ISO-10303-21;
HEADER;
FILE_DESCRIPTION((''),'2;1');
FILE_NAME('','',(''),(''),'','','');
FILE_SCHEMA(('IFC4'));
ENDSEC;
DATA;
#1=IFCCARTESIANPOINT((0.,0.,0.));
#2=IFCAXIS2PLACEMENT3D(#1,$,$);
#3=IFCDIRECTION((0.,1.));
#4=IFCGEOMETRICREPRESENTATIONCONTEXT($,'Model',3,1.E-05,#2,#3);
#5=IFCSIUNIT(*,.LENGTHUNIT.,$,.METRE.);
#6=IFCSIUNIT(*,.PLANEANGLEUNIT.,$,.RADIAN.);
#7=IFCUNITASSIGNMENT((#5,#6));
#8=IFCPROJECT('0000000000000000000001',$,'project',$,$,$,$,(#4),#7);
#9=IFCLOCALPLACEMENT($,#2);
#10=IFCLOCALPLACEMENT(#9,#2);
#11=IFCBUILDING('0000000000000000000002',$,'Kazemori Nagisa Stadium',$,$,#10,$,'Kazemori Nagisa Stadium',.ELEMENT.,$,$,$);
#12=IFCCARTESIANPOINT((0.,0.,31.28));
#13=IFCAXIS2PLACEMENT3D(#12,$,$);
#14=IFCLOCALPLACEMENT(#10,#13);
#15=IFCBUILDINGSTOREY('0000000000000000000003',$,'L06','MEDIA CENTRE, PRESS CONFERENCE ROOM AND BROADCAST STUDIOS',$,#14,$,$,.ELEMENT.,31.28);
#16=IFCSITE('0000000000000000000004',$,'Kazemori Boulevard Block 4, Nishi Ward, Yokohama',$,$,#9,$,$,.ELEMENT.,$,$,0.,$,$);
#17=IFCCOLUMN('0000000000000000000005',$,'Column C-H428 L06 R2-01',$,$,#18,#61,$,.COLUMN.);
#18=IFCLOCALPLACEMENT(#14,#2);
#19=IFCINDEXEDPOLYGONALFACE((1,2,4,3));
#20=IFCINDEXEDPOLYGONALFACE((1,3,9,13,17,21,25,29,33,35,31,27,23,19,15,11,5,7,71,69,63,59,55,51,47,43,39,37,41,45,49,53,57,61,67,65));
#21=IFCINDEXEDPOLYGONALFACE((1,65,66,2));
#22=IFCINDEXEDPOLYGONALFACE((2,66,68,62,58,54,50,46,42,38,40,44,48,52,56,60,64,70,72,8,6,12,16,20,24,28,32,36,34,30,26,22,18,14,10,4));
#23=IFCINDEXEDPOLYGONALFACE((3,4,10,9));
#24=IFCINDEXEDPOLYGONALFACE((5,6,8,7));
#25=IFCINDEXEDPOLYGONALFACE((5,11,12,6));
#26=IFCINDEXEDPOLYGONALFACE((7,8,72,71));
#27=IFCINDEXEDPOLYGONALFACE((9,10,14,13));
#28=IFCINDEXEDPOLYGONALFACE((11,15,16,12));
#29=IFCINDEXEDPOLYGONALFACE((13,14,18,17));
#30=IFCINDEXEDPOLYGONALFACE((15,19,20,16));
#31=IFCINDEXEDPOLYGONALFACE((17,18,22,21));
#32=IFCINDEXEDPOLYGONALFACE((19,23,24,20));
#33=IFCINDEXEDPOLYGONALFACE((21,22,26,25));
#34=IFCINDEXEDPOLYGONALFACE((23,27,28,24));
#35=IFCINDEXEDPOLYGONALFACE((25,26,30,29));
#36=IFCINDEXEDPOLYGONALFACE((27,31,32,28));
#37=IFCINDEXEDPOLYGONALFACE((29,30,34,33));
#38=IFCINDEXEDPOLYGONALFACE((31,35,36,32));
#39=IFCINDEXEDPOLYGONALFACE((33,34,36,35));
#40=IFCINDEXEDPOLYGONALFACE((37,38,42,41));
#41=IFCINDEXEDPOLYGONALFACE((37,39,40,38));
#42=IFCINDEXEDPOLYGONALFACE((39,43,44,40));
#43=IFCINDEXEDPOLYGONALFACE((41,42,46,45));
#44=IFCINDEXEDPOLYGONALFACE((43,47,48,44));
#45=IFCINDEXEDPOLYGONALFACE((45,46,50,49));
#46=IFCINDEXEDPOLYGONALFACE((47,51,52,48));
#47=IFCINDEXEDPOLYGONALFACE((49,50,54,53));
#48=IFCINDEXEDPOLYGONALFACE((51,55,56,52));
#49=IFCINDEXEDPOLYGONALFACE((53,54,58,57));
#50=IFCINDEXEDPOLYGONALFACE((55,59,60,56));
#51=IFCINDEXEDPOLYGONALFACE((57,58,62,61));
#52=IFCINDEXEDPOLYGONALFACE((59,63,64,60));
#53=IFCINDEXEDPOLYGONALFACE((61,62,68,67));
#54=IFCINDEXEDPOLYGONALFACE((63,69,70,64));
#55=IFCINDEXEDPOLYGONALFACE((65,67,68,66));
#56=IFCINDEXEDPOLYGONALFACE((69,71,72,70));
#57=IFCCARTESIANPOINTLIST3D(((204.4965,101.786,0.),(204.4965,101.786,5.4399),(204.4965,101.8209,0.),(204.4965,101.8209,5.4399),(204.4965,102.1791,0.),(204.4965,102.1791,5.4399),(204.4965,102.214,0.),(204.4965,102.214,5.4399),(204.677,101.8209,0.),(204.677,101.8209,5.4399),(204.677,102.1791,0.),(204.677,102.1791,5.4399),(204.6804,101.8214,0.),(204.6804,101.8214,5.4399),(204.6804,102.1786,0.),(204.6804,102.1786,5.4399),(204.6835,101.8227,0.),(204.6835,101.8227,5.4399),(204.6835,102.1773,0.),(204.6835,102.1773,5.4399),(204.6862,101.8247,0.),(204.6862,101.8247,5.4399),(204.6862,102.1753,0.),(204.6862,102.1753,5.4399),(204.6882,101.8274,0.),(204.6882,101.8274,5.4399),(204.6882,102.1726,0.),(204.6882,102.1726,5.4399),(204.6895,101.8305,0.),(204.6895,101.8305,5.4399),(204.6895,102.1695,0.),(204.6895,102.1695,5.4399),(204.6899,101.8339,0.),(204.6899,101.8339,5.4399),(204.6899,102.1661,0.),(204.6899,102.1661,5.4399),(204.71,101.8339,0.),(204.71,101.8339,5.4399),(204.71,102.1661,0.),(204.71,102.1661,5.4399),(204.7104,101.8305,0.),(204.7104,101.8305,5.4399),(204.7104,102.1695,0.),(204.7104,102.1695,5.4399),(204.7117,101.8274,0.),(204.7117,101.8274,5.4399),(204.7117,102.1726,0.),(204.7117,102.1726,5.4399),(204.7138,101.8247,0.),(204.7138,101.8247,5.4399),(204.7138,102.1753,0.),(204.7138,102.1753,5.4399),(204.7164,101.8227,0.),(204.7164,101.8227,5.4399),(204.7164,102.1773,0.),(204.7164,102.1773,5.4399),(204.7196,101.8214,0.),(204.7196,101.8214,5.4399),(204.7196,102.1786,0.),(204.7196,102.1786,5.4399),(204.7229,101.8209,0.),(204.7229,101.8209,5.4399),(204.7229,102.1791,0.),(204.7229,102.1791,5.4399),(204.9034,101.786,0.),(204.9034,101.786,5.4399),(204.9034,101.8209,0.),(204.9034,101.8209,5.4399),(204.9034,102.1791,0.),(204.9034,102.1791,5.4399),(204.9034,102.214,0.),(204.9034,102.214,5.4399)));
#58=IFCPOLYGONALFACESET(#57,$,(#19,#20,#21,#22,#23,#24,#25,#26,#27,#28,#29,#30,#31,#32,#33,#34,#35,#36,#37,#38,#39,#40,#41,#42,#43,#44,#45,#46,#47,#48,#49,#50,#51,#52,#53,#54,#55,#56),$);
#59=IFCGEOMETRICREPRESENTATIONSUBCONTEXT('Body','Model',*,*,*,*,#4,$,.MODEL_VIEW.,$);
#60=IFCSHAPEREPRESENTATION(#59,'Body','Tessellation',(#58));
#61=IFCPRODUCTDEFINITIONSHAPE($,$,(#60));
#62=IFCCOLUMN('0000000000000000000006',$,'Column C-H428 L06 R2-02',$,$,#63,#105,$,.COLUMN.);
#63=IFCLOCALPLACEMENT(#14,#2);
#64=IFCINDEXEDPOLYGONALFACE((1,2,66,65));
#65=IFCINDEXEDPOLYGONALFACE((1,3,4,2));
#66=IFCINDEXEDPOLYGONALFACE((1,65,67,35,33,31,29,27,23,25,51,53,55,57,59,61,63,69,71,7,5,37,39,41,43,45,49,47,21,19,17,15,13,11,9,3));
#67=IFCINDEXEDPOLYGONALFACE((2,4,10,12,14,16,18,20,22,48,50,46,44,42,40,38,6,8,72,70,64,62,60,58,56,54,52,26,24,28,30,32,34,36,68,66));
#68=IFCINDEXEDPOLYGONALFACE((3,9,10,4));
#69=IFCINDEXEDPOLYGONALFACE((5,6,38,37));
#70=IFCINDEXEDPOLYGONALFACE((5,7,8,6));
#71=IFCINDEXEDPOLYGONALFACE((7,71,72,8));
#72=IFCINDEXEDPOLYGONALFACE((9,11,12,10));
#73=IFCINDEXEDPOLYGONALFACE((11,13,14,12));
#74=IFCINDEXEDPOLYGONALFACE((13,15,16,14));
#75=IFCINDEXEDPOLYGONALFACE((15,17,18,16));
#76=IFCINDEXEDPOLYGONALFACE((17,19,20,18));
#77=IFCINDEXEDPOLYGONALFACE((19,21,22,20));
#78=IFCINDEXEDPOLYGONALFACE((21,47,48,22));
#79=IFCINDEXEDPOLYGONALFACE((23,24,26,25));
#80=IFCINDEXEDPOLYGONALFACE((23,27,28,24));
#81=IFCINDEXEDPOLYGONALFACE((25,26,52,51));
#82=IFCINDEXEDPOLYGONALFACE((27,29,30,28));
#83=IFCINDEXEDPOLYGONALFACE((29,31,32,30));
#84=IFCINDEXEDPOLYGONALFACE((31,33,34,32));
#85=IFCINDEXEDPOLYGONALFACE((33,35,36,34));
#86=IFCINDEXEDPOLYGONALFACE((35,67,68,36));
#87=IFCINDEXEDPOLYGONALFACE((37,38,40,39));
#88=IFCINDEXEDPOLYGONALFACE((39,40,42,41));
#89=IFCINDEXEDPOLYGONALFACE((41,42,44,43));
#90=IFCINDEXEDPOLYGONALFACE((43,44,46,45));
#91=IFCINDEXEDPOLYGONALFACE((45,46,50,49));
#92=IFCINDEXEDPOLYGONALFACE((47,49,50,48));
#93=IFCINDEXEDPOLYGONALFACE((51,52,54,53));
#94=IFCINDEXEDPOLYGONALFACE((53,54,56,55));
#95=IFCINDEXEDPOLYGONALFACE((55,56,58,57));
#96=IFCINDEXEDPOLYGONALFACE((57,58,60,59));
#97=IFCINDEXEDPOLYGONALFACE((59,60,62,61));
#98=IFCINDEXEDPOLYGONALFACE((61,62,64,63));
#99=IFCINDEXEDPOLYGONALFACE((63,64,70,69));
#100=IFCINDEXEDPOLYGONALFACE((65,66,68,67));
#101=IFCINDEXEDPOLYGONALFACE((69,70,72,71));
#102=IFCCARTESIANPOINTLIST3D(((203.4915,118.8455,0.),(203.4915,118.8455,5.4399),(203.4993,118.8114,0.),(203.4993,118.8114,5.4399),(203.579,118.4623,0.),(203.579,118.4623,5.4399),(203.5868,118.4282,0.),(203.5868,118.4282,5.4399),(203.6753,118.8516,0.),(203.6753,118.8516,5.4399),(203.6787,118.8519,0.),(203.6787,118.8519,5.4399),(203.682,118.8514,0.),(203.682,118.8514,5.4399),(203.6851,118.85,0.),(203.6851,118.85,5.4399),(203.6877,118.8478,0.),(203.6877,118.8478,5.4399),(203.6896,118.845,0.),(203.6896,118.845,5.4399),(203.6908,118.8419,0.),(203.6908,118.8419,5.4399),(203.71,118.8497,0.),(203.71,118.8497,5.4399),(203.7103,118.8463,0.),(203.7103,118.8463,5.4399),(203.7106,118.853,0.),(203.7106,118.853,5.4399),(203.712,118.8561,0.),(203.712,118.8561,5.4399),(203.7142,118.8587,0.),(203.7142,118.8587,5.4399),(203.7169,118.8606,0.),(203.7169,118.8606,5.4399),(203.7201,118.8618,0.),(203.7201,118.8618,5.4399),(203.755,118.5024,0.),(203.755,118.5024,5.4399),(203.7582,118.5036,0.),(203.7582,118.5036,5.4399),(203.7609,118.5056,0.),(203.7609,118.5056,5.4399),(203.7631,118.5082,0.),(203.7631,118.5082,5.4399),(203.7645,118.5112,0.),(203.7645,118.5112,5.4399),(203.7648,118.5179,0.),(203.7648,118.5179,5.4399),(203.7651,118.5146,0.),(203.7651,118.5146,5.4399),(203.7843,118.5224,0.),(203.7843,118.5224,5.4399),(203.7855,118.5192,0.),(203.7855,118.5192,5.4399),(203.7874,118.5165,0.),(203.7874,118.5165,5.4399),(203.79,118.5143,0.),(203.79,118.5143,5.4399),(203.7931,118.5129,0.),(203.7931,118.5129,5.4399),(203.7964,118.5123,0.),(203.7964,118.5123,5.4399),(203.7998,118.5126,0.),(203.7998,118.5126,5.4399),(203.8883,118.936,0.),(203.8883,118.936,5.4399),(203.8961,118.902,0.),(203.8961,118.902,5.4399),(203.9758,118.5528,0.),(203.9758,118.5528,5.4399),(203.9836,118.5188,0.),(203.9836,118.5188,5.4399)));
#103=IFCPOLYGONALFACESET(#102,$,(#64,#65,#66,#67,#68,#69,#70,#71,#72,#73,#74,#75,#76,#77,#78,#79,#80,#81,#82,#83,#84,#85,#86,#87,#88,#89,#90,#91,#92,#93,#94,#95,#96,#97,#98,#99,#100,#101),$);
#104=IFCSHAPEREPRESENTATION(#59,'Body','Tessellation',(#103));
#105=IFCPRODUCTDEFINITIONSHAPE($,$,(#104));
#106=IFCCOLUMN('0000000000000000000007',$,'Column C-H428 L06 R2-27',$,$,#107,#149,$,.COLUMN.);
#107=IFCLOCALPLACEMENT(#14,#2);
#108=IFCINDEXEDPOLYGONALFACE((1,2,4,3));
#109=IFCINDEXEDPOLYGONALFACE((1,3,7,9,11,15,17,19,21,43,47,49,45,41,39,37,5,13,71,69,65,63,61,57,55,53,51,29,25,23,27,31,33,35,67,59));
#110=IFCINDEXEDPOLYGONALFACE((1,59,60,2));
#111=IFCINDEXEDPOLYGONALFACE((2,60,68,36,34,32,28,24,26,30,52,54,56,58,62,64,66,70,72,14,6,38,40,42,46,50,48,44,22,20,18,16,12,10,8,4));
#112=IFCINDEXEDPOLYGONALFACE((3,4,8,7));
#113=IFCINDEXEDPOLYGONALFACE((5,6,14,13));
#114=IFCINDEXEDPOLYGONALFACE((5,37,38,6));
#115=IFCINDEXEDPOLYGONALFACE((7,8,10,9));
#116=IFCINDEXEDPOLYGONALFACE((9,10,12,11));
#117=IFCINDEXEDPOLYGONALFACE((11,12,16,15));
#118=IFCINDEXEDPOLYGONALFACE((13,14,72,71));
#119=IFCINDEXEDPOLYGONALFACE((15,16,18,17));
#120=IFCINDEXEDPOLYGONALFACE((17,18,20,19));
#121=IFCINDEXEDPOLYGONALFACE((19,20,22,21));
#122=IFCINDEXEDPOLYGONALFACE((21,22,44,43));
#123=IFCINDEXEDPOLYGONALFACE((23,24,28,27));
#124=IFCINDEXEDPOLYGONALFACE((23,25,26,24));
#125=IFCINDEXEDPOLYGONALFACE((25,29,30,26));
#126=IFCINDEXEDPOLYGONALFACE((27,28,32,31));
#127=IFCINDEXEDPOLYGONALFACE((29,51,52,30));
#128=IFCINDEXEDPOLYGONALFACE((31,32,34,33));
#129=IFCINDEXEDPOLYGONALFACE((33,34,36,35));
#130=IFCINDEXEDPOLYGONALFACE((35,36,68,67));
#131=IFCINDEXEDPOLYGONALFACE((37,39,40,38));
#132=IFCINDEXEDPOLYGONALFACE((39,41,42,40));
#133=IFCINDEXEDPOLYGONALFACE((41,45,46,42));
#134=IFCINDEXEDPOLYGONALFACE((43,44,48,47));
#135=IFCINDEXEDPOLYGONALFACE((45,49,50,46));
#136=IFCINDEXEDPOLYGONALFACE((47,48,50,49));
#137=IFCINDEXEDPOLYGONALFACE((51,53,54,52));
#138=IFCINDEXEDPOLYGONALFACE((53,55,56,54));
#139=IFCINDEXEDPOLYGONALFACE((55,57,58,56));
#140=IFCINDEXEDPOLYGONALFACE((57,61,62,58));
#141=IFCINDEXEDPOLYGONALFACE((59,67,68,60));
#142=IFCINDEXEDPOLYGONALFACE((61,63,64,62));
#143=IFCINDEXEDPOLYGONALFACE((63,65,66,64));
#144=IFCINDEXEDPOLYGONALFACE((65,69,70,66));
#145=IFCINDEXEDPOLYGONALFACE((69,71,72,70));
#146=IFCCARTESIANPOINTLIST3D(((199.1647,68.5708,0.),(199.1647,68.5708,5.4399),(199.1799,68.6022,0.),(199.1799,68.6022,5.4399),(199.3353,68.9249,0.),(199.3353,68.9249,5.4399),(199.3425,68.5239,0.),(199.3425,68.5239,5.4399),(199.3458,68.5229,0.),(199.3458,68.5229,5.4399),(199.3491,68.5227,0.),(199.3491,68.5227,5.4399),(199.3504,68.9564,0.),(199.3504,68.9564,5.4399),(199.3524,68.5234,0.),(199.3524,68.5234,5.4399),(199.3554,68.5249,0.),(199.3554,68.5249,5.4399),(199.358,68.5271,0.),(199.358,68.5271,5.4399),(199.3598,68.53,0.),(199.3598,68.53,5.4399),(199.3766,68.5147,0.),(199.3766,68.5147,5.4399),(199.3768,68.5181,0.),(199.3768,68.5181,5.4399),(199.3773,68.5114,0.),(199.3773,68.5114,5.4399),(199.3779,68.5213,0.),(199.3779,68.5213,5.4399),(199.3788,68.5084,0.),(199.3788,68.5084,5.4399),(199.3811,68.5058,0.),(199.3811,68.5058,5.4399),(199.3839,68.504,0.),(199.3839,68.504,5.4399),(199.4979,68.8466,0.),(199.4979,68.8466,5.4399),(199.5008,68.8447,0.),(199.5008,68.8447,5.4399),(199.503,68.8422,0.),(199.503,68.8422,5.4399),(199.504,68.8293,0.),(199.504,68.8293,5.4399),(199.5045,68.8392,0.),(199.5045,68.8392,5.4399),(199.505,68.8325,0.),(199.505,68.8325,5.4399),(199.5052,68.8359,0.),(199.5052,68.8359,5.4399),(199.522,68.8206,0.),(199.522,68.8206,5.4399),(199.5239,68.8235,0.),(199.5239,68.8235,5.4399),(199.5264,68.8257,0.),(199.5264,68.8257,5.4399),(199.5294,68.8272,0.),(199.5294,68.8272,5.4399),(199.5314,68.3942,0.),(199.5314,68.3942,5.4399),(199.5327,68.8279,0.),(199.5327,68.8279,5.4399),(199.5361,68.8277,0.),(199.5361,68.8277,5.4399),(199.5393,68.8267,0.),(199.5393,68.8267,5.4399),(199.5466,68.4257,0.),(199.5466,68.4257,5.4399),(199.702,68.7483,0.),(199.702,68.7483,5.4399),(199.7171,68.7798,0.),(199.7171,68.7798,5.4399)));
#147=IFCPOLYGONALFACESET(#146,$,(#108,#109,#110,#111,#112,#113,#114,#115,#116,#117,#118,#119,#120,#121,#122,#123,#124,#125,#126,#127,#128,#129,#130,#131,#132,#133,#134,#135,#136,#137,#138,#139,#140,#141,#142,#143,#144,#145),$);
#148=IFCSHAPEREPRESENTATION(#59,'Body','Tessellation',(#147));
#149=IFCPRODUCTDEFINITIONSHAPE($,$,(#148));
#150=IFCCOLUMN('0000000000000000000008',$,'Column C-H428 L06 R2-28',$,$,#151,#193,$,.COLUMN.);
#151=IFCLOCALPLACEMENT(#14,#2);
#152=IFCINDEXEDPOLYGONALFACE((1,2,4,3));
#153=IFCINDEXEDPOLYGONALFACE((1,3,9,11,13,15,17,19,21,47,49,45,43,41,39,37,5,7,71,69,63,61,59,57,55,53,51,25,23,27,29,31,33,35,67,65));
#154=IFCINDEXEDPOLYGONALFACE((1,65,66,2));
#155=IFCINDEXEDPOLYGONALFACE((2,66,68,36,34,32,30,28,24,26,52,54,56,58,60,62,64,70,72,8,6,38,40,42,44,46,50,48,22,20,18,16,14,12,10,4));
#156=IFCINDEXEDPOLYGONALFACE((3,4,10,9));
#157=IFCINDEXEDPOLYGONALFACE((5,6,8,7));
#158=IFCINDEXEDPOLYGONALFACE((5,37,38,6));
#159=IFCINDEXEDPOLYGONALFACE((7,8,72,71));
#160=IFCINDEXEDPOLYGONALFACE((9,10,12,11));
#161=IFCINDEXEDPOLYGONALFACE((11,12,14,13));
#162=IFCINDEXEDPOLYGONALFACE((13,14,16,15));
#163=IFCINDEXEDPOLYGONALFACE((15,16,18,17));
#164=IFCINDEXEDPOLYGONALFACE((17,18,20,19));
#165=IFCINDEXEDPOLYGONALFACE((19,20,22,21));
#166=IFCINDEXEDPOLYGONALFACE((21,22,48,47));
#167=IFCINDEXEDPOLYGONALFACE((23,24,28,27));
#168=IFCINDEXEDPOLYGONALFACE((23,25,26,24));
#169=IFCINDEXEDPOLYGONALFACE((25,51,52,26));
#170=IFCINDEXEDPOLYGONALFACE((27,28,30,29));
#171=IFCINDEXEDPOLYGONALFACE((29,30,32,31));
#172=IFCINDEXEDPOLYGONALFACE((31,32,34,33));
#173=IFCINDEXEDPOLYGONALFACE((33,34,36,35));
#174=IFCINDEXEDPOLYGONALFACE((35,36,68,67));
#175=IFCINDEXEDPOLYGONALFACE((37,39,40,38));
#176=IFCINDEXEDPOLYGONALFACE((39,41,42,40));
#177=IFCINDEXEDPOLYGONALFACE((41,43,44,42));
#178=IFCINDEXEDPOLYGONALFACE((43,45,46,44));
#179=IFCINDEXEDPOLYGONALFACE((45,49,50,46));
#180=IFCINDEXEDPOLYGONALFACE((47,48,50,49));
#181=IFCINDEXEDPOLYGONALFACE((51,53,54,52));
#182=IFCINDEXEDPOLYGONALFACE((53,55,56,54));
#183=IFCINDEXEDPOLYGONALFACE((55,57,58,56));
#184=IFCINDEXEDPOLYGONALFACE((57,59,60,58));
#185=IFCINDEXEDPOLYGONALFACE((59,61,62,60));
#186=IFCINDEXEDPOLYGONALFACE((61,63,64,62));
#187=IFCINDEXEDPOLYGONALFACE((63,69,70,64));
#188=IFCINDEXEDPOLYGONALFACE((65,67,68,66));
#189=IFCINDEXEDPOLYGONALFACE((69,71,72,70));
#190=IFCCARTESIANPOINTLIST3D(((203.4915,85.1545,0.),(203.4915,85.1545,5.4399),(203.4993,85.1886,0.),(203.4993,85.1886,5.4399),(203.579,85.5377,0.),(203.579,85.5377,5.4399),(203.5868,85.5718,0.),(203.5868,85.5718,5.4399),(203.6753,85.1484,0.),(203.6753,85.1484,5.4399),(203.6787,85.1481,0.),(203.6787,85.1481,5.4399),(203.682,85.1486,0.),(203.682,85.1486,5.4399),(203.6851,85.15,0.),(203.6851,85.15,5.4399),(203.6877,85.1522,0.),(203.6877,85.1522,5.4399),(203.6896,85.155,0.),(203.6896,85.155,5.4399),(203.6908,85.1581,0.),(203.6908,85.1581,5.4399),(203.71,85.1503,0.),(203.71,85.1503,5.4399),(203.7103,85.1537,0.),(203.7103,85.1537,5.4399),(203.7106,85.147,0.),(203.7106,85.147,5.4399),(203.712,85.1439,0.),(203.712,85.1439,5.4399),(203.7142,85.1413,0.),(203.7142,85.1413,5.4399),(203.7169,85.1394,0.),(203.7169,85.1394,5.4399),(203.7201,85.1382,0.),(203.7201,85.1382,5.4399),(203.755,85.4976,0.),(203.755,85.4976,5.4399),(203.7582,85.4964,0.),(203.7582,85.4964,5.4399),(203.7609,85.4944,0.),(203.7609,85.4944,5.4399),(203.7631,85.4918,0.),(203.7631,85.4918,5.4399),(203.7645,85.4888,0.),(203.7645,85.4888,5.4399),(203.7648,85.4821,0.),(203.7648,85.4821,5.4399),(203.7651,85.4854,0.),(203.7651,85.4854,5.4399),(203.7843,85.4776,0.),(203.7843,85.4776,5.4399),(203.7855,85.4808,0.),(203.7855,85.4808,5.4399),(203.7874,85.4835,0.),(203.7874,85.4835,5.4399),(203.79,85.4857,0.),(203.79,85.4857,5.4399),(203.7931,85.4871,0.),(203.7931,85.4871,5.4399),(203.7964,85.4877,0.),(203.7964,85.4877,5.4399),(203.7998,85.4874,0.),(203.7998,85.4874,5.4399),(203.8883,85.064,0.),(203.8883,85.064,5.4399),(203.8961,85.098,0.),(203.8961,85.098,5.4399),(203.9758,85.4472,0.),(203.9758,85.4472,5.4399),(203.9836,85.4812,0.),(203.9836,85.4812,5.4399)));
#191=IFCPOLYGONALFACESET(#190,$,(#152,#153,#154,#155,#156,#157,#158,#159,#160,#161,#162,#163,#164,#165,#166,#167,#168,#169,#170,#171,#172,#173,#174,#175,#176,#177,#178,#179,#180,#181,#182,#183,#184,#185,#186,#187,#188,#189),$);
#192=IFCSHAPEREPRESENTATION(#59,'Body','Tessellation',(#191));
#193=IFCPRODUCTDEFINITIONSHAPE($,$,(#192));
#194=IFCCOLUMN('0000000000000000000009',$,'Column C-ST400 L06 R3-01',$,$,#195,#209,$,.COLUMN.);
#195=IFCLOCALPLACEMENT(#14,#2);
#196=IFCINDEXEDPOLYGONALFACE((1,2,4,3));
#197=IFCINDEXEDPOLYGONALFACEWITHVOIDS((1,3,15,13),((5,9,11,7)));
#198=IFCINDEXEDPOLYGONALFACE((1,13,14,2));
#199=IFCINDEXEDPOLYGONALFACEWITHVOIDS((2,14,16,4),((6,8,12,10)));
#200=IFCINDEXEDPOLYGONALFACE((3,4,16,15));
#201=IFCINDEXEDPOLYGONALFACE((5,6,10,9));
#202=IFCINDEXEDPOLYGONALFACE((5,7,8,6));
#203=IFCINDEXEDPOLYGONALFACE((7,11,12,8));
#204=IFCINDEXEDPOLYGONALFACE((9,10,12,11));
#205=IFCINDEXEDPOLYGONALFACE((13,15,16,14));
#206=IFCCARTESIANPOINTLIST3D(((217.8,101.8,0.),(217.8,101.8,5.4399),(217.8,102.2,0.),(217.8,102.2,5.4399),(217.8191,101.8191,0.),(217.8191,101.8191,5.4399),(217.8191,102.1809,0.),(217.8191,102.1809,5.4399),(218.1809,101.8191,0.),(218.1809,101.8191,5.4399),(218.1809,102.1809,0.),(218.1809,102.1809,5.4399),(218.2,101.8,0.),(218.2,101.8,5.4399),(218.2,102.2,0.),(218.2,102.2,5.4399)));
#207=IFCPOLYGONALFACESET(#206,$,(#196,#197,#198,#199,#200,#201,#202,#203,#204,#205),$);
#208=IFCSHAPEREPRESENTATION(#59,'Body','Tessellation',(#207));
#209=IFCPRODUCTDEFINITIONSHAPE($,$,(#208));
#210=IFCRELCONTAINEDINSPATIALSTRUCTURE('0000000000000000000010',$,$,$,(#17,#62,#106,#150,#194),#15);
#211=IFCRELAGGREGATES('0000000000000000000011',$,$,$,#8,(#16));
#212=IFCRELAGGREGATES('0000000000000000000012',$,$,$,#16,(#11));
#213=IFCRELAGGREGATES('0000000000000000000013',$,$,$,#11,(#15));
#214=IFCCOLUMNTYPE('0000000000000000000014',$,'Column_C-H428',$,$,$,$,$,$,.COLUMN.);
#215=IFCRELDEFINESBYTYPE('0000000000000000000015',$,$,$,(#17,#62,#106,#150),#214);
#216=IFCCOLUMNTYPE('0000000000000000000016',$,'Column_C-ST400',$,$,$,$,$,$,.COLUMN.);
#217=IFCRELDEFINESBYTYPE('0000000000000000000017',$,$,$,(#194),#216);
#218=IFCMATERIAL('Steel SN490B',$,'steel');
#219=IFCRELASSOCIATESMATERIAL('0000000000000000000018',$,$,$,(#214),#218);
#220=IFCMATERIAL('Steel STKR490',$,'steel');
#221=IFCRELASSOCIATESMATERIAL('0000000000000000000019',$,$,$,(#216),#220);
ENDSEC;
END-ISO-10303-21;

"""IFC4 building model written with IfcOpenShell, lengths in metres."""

from ifc_helpers import new_model, si_unit, direction, frame, origin, origin_2d, place, context, subcontext, project, spatial, hollow_rectangle, i_section, extrude, material, material_profile, profile_set, type_object, element, save


model = new_model("IFC4")

# Units and contexts
model_context = context("Model", 3, precision=1e-05, world=origin(), true_north=direction((0.0, 1.0)))
body_context = subcontext(model_context, "Body", "Model", "MODEL_VIEW")
ifc_project = project(units=[si_unit("LENGTHUNIT", "METRE"), si_unit("PLANEANGLEUNIT", "RADIAN")], contexts=[model_context])

# Site, building, storey
site_placement = place(None, origin())
site = spatial("IfcSite", under=ifc_project, at=site_placement, Name="Kazemori Boulevard Block 4, Nishi Ward, Yokohama", CompositionType="ELEMENT", RefElevation=0.0)
building_placement = place(site_placement, origin())
building = spatial("IfcBuilding", under=site, at=building_placement, Name="Kazemori Nagisa Stadium", LongName="Kazemori Nagisa Stadium", CompositionType="ELEMENT")
storey_placement = place(building_placement, frame((0.0, 0.0, 31.28)))
storey = spatial("IfcBuildingStorey", under=building, at=storey_placement, Name="L06", Description="MEDIA CENTRE, PRESS CONFERENCE ROOM AND BROADCAST STUDIOS", CompositionType="ELEMENT", Elevation=31.28)

# Columns
ifc_material_1 = material(Name="Steel SN490B", Category="steel")
ifc_material_profile_1 = material_profile(ifc_material_1, i_section(OverallWidth=0.407, OverallDepth=0.428, WebThickness=0.02, FlangeThickness=0.0349, FilletRadius=0.0129, at=origin_2d()), Name="H-428x407x20x35")
ifc_profile_set_1 = profile_set([ifc_material_profile_1], Name="Steel SN490B")
column_type_1 = type_object("IfcColumnType", Name="Column_C-H428", PredefinedType="COLUMN", material=ifc_profile_set_1)
for number, where, z_axis, x_axis, name in (
    (1, (204.7, 102.0, 0.0), (0.0, 0.0, 1.0), (1.0, 0.0, 0.0), "Column C-H428 L06 R2-01"),
    (2, (203.7375, 118.6821, 0.0), (0.0, 0.0, 1.0), (0.974928, 0.222521, 0.0), "Column C-H428 L06 R2-02"),
    (3, (199.4409, 68.6753, 0.0), (0.0, 0.0, 1.0), (0.900969, -0.433884, 0.0), "Column C-H428 L06 R2-27"),
    (4, (203.7375, 85.3179, 0.0), (0.0, 0.0, 1.0), (0.974928, -0.222521, 0.0), "Column C-H428 L06 R2-28"),
):
    element("IfcColumn", number, at=place(storey_placement, frame(where, z_axis=z_axis, x_axis=x_axis)), inside=storey, type_object=column_type_1, Name=name, PredefinedType="COLUMN", context=body_context, shape_type="SweptSolid", body=[
        extrude(i_section(OverallWidth=0.407, OverallDepth=0.428, WebThickness=0.02, FlangeThickness=0.0349, FilletRadius=0.0129, at=origin_2d()), origin(), (0.0, 0.0, 1.0), 5.4399),
    ])
ifc_material_2 = material(Name="Steel STKR490", Category="steel")
ifc_material_profile_2 = material_profile(ifc_material_2, hollow_rectangle(XDim=0.3999, YDim=0.3999, WallThickness=0.019, at=origin_2d()), Name="SHS-400x400x19")
ifc_profile_set_2 = profile_set([ifc_material_profile_2], Name="Steel STKR490")
column_type_2 = type_object("IfcColumnType", Name="Column_C-ST400", PredefinedType="COLUMN", material=ifc_profile_set_2)
for number, where, z_axis, x_axis, name in (
    (5, (218.0, 102.0, 0.0), (0.0, 0.0, 1.0), (1.0, 0.0, 0.0), "Column C-ST400 L06 R3-01"),
):
    element("IfcColumn", number, at=place(storey_placement, frame(where, z_axis=z_axis, x_axis=x_axis)), inside=storey, type_object=column_type_2, Name=name, PredefinedType="COLUMN", context=body_context, shape_type="SweptSolid", body=[
        extrude(hollow_rectangle(XDim=0.3999, YDim=0.3999, WallThickness=0.019, at=origin_2d()), origin(), (0.0, 0.0, 1.0), 5.4399),
    ])

save(model, "model.ifc")
